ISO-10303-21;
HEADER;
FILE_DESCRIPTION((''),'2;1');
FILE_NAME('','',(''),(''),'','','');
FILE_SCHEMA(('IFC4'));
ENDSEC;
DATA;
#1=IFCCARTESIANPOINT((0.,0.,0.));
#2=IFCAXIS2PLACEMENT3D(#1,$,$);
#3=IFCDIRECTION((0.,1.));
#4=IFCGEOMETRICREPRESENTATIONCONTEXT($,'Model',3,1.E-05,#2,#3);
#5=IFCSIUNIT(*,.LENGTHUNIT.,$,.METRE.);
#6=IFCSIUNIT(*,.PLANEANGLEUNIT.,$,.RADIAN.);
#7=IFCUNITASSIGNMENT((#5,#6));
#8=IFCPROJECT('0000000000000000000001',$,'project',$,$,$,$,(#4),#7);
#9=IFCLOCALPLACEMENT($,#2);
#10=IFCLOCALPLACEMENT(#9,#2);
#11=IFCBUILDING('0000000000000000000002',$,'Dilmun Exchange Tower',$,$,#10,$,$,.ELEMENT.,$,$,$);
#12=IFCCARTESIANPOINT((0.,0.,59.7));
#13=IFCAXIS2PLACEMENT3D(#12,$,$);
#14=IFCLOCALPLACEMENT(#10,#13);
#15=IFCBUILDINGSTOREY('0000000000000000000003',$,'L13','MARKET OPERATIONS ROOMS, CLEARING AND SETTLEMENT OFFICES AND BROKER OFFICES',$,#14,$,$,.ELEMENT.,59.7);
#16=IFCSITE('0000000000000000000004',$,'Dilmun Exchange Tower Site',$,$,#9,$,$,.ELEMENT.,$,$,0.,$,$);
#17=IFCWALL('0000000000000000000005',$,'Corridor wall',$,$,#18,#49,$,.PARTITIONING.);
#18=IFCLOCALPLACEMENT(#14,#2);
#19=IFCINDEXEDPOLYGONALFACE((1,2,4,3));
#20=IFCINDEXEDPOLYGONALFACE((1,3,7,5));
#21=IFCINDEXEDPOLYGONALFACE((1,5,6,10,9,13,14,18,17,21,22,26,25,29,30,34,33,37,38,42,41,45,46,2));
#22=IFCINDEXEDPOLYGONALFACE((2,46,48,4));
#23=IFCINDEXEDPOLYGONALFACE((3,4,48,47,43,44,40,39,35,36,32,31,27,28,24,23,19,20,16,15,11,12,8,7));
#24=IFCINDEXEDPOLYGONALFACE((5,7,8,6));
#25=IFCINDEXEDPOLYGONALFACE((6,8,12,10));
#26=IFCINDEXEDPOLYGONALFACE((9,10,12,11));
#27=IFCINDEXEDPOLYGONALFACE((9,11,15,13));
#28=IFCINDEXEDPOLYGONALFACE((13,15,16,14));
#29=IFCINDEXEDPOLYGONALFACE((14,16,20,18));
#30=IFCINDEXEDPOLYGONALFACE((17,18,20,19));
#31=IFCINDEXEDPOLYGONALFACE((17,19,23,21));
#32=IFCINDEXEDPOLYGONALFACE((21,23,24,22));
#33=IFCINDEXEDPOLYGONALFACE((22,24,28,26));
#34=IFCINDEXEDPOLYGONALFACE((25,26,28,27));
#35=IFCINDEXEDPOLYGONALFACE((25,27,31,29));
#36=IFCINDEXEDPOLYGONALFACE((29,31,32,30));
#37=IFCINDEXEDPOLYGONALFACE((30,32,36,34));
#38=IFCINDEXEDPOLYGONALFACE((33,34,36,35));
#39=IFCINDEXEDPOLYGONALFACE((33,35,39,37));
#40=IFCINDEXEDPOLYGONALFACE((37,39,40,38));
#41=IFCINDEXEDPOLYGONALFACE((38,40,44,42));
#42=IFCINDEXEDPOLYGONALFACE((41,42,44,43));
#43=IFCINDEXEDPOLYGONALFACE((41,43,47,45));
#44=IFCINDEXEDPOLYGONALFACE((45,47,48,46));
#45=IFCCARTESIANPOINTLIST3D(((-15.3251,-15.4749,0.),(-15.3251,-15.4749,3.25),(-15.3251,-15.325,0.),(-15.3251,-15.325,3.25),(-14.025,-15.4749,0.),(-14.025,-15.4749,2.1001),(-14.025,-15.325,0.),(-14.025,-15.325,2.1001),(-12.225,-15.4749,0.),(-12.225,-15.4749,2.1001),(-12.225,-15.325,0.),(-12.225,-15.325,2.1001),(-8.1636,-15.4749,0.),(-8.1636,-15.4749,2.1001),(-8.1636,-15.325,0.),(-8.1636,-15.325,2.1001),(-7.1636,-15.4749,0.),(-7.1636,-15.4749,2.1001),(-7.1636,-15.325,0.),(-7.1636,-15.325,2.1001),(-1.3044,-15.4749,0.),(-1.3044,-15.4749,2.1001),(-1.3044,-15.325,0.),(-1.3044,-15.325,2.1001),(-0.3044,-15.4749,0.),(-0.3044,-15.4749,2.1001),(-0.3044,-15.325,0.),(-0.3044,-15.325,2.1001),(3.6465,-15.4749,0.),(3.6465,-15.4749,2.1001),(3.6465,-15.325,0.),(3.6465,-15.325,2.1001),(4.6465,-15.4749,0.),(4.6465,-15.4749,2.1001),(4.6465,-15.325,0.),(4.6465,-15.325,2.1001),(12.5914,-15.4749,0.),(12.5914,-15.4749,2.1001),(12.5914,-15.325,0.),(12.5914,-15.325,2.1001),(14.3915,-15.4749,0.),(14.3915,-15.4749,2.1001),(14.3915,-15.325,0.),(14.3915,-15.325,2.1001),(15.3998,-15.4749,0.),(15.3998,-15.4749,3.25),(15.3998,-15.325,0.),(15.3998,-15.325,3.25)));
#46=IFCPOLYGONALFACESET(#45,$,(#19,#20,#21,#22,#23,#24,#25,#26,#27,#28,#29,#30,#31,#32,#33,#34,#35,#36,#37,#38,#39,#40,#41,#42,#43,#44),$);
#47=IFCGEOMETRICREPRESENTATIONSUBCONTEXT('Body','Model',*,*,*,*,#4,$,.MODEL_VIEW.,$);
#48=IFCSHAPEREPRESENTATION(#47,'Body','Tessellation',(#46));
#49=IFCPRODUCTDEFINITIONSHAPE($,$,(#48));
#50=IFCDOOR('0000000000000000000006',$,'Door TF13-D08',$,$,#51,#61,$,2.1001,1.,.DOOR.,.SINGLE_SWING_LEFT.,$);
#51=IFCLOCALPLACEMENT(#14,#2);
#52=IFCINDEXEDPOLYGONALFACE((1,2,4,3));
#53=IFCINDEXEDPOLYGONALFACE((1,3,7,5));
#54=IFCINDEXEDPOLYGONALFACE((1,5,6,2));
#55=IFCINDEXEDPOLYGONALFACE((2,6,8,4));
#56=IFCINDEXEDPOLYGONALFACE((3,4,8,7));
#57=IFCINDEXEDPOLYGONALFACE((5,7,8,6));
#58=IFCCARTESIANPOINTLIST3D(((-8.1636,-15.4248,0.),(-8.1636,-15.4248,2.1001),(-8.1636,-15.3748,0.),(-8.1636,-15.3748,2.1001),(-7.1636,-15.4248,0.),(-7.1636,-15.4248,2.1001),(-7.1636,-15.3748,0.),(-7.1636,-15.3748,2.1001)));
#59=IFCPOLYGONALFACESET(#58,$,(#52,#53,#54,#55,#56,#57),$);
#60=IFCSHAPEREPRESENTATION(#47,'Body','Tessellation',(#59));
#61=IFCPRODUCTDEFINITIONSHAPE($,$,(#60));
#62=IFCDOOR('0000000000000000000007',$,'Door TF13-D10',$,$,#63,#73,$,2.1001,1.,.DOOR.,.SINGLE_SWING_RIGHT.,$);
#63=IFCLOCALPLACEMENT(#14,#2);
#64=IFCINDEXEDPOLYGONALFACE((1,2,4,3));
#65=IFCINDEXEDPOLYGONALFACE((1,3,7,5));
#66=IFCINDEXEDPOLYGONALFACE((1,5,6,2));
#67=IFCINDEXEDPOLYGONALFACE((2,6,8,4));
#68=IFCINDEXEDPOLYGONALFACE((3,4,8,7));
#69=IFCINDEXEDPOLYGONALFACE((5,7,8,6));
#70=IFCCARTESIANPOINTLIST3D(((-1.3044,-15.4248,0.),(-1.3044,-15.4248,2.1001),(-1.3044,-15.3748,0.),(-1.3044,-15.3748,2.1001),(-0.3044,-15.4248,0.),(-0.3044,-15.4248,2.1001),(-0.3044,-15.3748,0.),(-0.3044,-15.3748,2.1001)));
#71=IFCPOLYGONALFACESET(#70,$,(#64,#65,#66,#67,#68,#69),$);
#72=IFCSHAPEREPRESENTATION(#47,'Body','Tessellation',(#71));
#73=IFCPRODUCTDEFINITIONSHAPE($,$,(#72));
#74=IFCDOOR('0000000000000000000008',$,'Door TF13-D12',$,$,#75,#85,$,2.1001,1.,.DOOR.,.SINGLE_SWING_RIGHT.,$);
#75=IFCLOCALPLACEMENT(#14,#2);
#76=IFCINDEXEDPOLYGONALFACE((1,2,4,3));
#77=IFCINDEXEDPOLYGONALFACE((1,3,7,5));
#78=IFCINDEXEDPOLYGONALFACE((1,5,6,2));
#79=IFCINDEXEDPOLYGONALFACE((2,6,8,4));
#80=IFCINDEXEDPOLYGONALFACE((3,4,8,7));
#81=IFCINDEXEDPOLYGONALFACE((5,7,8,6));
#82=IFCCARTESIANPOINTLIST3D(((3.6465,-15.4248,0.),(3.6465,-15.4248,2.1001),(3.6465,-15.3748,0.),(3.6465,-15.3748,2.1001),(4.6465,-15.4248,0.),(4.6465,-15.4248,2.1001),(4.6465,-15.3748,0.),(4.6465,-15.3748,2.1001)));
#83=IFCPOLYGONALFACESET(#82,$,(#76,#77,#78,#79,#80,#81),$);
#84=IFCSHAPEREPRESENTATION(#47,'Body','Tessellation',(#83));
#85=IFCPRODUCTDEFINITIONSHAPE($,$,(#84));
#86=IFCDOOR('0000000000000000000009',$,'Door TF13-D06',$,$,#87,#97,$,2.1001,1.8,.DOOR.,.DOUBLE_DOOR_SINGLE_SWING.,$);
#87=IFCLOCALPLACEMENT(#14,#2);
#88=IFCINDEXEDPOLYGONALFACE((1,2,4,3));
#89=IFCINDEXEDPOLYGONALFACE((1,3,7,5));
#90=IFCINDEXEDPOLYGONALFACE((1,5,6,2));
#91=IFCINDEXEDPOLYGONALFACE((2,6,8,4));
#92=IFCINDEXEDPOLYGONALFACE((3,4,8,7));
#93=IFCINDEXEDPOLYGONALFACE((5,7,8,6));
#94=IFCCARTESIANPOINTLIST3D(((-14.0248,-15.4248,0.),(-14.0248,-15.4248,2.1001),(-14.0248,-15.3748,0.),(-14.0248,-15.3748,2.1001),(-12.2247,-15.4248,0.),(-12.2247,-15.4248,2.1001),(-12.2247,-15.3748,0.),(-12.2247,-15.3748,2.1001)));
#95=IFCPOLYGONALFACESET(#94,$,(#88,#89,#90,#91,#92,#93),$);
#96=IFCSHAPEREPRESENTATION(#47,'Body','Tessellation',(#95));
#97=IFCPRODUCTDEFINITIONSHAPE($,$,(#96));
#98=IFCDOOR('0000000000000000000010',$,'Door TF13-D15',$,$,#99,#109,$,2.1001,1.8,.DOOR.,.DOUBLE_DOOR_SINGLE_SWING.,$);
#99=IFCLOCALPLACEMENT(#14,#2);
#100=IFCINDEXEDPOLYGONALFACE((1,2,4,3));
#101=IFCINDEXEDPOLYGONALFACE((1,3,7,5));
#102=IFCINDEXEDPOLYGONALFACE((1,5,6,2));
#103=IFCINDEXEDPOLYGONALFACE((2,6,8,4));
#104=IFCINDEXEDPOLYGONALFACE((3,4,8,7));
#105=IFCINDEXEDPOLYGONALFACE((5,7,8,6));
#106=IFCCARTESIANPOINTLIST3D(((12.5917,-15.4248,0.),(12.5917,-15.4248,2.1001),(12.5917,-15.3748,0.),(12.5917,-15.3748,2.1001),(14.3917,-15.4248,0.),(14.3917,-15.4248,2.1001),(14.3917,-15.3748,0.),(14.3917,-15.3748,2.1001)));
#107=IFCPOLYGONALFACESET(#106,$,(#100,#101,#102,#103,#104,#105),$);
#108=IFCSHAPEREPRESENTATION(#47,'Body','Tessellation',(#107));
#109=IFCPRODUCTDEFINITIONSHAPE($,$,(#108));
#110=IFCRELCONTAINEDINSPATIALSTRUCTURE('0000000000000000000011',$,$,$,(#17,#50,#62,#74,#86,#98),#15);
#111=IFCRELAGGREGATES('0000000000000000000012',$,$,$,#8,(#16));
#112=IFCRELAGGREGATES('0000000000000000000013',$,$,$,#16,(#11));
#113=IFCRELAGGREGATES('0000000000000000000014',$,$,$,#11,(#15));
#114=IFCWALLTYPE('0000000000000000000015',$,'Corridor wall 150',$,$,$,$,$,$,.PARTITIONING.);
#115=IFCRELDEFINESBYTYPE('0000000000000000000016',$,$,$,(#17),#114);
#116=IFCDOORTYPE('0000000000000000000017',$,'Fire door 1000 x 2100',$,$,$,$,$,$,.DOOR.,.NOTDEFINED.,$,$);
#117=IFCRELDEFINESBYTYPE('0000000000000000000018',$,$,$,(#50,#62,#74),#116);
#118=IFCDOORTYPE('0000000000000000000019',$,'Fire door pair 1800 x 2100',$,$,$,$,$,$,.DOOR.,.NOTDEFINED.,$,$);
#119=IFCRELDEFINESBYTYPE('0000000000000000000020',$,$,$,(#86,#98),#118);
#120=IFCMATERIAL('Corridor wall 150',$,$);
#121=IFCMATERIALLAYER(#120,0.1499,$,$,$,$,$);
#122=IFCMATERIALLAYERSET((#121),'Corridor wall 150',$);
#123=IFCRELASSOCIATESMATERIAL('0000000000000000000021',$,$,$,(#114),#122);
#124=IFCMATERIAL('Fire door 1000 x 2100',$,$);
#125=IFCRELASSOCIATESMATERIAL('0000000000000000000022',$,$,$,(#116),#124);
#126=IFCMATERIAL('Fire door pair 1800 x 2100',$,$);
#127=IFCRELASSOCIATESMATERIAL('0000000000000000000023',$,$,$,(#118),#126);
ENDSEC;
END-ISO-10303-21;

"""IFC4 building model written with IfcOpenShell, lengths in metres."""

from ifc_helpers import new_model, si_unit, direction, frame, frame_2d, origin, place, context, subcontext, project, spatial, rectangle, extrude, material, layer, layer_set, type_object, element, fill, save


model = new_model("IFC4")

# Units and contexts
model_context = context("Model", 3, precision=1e-05, world=origin(), true_north=direction((0.0, 1.0)))
body_context = subcontext(model_context, "Body", "Model", "MODEL_VIEW")
ifc_project = project(units=[si_unit("LENGTHUNIT", "METRE"), si_unit("PLANEANGLEUNIT", "RADIAN")], contexts=[model_context])

# Site, building, storey
site_placement = place(None, origin())
site = spatial("IfcSite", under=ifc_project, at=site_placement, Name="Dilmun Exchange Tower Site", CompositionType="ELEMENT", RefElevation=0.0)
building_placement = place(site_placement, origin())
building = spatial("IfcBuilding", under=site, at=building_placement, Name="Dilmun Exchange Tower", CompositionType="ELEMENT")
storey_placement = place(building_placement, frame((0.0, 0.0, 59.7)))
storey = spatial("IfcBuildingStorey", under=building, at=storey_placement, Name="L13", Description="MARKET OPERATIONS ROOMS, CLEARING AND SETTLEMENT OFFICES AND BROKER OFFICES", CompositionType="ELEMENT", Elevation=59.7)

# Wall, openings, doors
ifc_material_1 = material(Name="Corridor wall 150")
ifc_layer_1 = layer(ifc_material_1, 0.1499)
ifc_layer_set_1 = layer_set([ifc_layer_1], Name="Corridor wall 150")
wall_type_1 = type_object("IfcWallType", Name="Corridor wall 150", PredefinedType="PARTITIONING", material=ifc_layer_set_1)
ifc_material_2 = material(Name="Fire door 1000 x 2100")
door_type_1 = type_object("IfcDoorType", Name="Fire door 1000 x 2100", OperationType="NOTDEFINED", PredefinedType="DOOR", material=ifc_material_2)
ifc_material_3 = material(Name="Fire door pair 1800 x 2100")
door_type_2 = type_object("IfcDoorType", Name="Fire door pair 1800 x 2100", OperationType="NOTDEFINED", PredefinedType="DOOR", material=ifc_material_3)
wall_1_placement = place(storey_placement, frame((-15.325, -15.3999, 0.0), z_axis=(0.0, 0.0, 1.0), x_axis=(1.0, 0.0, 0.0)))
wall_1 = element("IfcWall", 1, at=wall_1_placement, inside=storey, type_object=wall_type_1, Name="Corridor wall", PredefinedType="PARTITIONING", context=body_context, shape_type="SweptSolid", body=[
    extrude(rectangle(XDim=30.7249, YDim=0.1499, at=frame_2d((15.3623, 0.0))), origin(), (0.0, 0.0, 1.0), 3.25),
])
opening_1_placement = place(wall_1_placement, frame((1.3, 0.0, 0.0)))
opening_1 = element("IfcOpeningElement", 2, at=opening_1_placement, cuts=wall_1, PredefinedType="OPENING", context=body_context, shape_type="SweptSolid", body=[
    extrude(rectangle(XDim=1.8, YDim=2.1001, at=frame_2d((0.8999, 1.05))), frame((0.0, 0.085, 0.0), z_axis=(0.0, -1.0, 0.0), x_axis=(1.0, 0.0, 0.0)), (0.0, 0.0, 1.0), 0.1699),
])
opening_2_placement = place(wall_1_placement, frame((7.1614, 0.0, 0.0)))
opening_2 = element("IfcOpeningElement", 3, at=opening_2_placement, cuts=wall_1, PredefinedType="OPENING", context=body_context, shape_type="SweptSolid", body=[
    extrude(rectangle(XDim=1.0, YDim=2.1001, at=frame_2d((0.5, 1.05))), frame((0.0, 0.085, 0.0), z_axis=(0.0, -1.0, 0.0), x_axis=(1.0, 0.0, 0.0)), (0.0, 0.0, 1.0), 0.1699),
])
opening_3_placement = place(wall_1_placement, frame((14.0205, 0.0, 0.0)))
opening_3 = element("IfcOpeningElement", 4, at=opening_3_placement, cuts=wall_1, PredefinedType="OPENING", context=body_context, shape_type="SweptSolid", body=[
    extrude(rectangle(XDim=1.0, YDim=2.1001, at=frame_2d((0.5, 1.05))), frame((0.0, 0.085, 0.0), z_axis=(0.0, -1.0, 0.0), x_axis=(1.0, 0.0, 0.0)), (0.0, 0.0, 1.0), 0.1699),
])
opening_4_placement = place(wall_1_placement, frame((18.9714, 0.0, 0.0)))
opening_4 = element("IfcOpeningElement", 5, at=opening_4_placement, cuts=wall_1, PredefinedType="OPENING", context=body_context, shape_type="SweptSolid", body=[
    extrude(rectangle(XDim=1.0, YDim=2.1001, at=frame_2d((0.5, 1.05))), frame((0.0, 0.085, 0.0), z_axis=(0.0, -1.0, 0.0), x_axis=(1.0, 0.0, 0.0)), (0.0, 0.0, 1.0), 0.1699),
])
opening_5_placement = place(wall_1_placement, frame((27.9165, 0.0, 0.0)))
opening_5 = element("IfcOpeningElement", 6, at=opening_5_placement, cuts=wall_1, PredefinedType="OPENING", context=body_context, shape_type="SweptSolid", body=[
    extrude(rectangle(XDim=1.8, YDim=2.1001, at=frame_2d((0.8999, 1.05))), frame((0.0, 0.085, 0.0), z_axis=(0.0, -1.0, 0.0), x_axis=(1.0, 0.0, 0.0)), (0.0, 0.0, 1.0), 0.1699),
])
door_1_placement = place(opening_2_placement, frame((1.0, 0.0, 0.0), z_axis=(0.0, 0.0, 1.0), x_axis=(-1.0, 0.0, 0.0)))
door_1 = element("IfcDoor", 7, at=door_1_placement, inside=storey, type_object=door_type_1, Name="Door TF13-D08", OperationType="SINGLE_SWING_LEFT", OverallHeight=2.1001, OverallWidth=1.0, PredefinedType="DOOR", context=body_context, shape_type="SweptSolid", body=[
    extrude(rectangle(XDim=1.0, YDim=2.1001, at=frame_2d((0.5, 1.05))), frame((0.0, 0.0249, 0.0), z_axis=(0.0, -1.0, 0.0), x_axis=(1.0, 0.0, 0.0)), (0.0, 0.0, 1.0), 0.05),
])
fill(opening_2, door_1)
door_2_placement = place(opening_3_placement, frame((1.0, 0.0, 0.0), z_axis=(0.0, 0.0, 1.0), x_axis=(-1.0, 0.0, 0.0)))
door_2 = element("IfcDoor", 8, at=door_2_placement, inside=storey, type_object=door_type_1, Name="Door TF13-D10", OperationType="SINGLE_SWING_RIGHT", OverallHeight=2.1001, OverallWidth=1.0, PredefinedType="DOOR", context=body_context, shape_type="SweptSolid", body=[
    extrude(rectangle(XDim=1.0, YDim=2.1001, at=frame_2d((0.5, 1.05))), frame((0.0, 0.0249, 0.0), z_axis=(0.0, -1.0, 0.0), x_axis=(1.0, 0.0, 0.0)), (0.0, 0.0, 1.0), 0.05),
])
fill(opening_3, door_2)
door_3_placement = place(opening_4_placement, frame((1.0, 0.0, 0.0), z_axis=(0.0, 0.0, 1.0), x_axis=(-1.0, 0.0, 0.0)))
door_3 = element("IfcDoor", 9, at=door_3_placement, inside=storey, type_object=door_type_1, Name="Door TF13-D12", OperationType="SINGLE_SWING_RIGHT", OverallHeight=2.1001, OverallWidth=1.0, PredefinedType="DOOR", context=body_context, shape_type="SweptSolid", body=[
    extrude(rectangle(XDim=1.0, YDim=2.1001, at=frame_2d((0.5, 1.05))), frame((0.0, 0.0249, 0.0), z_axis=(0.0, -1.0, 0.0), x_axis=(1.0, 0.0, 0.0)), (0.0, 0.0, 1.0), 0.05),
])
fill(opening_4, door_3)
door_4_placement = place(opening_1_placement, frame((1.8, 0.0, 0.0), z_axis=(0.0, 0.0, 1.0), x_axis=(-1.0, 0.0, 0.0)))
door_4 = element("IfcDoor", 10, at=door_4_placement, inside=storey, type_object=door_type_2, Name="Door TF13-D06", OperationType="DOUBLE_DOOR_SINGLE_SWING", OverallHeight=2.1001, OverallWidth=1.8, PredefinedType="DOOR", context=body_context, shape_type="SweptSolid", body=[
    extrude(rectangle(XDim=1.8, YDim=2.1001, at=frame_2d((0.8999, 1.05))), frame((0.0, 0.0249, 0.0), z_axis=(0.0, -1.0, 0.0), x_axis=(1.0, 0.0, 0.0)), (0.0, 0.0, 1.0), 0.05),
])
fill(opening_1, door_4)
door_5_placement = place(opening_5_placement, frame((1.8, 0.0, 0.0), z_axis=(0.0, 0.0, 1.0), x_axis=(-1.0, 0.0, 0.0)))
door_5 = element("IfcDoor", 11, at=door_5_placement, inside=storey, type_object=door_type_2, Name="Door TF13-D15", OperationType="DOUBLE_DOOR_SINGLE_SWING", OverallHeight=2.1001, OverallWidth=1.8, PredefinedType="DOOR", context=body_context, shape_type="SweptSolid", body=[
    extrude(rectangle(XDim=1.8, YDim=2.1001, at=frame_2d((0.8999, 1.05))), frame((0.0, 0.0249, 0.0), z_axis=(0.0, -1.0, 0.0), x_axis=(1.0, 0.0, 0.0)), (0.0, 0.0, 1.0), 0.05),
])
fill(opening_5, door_5)

save(model, "model.ifc")
